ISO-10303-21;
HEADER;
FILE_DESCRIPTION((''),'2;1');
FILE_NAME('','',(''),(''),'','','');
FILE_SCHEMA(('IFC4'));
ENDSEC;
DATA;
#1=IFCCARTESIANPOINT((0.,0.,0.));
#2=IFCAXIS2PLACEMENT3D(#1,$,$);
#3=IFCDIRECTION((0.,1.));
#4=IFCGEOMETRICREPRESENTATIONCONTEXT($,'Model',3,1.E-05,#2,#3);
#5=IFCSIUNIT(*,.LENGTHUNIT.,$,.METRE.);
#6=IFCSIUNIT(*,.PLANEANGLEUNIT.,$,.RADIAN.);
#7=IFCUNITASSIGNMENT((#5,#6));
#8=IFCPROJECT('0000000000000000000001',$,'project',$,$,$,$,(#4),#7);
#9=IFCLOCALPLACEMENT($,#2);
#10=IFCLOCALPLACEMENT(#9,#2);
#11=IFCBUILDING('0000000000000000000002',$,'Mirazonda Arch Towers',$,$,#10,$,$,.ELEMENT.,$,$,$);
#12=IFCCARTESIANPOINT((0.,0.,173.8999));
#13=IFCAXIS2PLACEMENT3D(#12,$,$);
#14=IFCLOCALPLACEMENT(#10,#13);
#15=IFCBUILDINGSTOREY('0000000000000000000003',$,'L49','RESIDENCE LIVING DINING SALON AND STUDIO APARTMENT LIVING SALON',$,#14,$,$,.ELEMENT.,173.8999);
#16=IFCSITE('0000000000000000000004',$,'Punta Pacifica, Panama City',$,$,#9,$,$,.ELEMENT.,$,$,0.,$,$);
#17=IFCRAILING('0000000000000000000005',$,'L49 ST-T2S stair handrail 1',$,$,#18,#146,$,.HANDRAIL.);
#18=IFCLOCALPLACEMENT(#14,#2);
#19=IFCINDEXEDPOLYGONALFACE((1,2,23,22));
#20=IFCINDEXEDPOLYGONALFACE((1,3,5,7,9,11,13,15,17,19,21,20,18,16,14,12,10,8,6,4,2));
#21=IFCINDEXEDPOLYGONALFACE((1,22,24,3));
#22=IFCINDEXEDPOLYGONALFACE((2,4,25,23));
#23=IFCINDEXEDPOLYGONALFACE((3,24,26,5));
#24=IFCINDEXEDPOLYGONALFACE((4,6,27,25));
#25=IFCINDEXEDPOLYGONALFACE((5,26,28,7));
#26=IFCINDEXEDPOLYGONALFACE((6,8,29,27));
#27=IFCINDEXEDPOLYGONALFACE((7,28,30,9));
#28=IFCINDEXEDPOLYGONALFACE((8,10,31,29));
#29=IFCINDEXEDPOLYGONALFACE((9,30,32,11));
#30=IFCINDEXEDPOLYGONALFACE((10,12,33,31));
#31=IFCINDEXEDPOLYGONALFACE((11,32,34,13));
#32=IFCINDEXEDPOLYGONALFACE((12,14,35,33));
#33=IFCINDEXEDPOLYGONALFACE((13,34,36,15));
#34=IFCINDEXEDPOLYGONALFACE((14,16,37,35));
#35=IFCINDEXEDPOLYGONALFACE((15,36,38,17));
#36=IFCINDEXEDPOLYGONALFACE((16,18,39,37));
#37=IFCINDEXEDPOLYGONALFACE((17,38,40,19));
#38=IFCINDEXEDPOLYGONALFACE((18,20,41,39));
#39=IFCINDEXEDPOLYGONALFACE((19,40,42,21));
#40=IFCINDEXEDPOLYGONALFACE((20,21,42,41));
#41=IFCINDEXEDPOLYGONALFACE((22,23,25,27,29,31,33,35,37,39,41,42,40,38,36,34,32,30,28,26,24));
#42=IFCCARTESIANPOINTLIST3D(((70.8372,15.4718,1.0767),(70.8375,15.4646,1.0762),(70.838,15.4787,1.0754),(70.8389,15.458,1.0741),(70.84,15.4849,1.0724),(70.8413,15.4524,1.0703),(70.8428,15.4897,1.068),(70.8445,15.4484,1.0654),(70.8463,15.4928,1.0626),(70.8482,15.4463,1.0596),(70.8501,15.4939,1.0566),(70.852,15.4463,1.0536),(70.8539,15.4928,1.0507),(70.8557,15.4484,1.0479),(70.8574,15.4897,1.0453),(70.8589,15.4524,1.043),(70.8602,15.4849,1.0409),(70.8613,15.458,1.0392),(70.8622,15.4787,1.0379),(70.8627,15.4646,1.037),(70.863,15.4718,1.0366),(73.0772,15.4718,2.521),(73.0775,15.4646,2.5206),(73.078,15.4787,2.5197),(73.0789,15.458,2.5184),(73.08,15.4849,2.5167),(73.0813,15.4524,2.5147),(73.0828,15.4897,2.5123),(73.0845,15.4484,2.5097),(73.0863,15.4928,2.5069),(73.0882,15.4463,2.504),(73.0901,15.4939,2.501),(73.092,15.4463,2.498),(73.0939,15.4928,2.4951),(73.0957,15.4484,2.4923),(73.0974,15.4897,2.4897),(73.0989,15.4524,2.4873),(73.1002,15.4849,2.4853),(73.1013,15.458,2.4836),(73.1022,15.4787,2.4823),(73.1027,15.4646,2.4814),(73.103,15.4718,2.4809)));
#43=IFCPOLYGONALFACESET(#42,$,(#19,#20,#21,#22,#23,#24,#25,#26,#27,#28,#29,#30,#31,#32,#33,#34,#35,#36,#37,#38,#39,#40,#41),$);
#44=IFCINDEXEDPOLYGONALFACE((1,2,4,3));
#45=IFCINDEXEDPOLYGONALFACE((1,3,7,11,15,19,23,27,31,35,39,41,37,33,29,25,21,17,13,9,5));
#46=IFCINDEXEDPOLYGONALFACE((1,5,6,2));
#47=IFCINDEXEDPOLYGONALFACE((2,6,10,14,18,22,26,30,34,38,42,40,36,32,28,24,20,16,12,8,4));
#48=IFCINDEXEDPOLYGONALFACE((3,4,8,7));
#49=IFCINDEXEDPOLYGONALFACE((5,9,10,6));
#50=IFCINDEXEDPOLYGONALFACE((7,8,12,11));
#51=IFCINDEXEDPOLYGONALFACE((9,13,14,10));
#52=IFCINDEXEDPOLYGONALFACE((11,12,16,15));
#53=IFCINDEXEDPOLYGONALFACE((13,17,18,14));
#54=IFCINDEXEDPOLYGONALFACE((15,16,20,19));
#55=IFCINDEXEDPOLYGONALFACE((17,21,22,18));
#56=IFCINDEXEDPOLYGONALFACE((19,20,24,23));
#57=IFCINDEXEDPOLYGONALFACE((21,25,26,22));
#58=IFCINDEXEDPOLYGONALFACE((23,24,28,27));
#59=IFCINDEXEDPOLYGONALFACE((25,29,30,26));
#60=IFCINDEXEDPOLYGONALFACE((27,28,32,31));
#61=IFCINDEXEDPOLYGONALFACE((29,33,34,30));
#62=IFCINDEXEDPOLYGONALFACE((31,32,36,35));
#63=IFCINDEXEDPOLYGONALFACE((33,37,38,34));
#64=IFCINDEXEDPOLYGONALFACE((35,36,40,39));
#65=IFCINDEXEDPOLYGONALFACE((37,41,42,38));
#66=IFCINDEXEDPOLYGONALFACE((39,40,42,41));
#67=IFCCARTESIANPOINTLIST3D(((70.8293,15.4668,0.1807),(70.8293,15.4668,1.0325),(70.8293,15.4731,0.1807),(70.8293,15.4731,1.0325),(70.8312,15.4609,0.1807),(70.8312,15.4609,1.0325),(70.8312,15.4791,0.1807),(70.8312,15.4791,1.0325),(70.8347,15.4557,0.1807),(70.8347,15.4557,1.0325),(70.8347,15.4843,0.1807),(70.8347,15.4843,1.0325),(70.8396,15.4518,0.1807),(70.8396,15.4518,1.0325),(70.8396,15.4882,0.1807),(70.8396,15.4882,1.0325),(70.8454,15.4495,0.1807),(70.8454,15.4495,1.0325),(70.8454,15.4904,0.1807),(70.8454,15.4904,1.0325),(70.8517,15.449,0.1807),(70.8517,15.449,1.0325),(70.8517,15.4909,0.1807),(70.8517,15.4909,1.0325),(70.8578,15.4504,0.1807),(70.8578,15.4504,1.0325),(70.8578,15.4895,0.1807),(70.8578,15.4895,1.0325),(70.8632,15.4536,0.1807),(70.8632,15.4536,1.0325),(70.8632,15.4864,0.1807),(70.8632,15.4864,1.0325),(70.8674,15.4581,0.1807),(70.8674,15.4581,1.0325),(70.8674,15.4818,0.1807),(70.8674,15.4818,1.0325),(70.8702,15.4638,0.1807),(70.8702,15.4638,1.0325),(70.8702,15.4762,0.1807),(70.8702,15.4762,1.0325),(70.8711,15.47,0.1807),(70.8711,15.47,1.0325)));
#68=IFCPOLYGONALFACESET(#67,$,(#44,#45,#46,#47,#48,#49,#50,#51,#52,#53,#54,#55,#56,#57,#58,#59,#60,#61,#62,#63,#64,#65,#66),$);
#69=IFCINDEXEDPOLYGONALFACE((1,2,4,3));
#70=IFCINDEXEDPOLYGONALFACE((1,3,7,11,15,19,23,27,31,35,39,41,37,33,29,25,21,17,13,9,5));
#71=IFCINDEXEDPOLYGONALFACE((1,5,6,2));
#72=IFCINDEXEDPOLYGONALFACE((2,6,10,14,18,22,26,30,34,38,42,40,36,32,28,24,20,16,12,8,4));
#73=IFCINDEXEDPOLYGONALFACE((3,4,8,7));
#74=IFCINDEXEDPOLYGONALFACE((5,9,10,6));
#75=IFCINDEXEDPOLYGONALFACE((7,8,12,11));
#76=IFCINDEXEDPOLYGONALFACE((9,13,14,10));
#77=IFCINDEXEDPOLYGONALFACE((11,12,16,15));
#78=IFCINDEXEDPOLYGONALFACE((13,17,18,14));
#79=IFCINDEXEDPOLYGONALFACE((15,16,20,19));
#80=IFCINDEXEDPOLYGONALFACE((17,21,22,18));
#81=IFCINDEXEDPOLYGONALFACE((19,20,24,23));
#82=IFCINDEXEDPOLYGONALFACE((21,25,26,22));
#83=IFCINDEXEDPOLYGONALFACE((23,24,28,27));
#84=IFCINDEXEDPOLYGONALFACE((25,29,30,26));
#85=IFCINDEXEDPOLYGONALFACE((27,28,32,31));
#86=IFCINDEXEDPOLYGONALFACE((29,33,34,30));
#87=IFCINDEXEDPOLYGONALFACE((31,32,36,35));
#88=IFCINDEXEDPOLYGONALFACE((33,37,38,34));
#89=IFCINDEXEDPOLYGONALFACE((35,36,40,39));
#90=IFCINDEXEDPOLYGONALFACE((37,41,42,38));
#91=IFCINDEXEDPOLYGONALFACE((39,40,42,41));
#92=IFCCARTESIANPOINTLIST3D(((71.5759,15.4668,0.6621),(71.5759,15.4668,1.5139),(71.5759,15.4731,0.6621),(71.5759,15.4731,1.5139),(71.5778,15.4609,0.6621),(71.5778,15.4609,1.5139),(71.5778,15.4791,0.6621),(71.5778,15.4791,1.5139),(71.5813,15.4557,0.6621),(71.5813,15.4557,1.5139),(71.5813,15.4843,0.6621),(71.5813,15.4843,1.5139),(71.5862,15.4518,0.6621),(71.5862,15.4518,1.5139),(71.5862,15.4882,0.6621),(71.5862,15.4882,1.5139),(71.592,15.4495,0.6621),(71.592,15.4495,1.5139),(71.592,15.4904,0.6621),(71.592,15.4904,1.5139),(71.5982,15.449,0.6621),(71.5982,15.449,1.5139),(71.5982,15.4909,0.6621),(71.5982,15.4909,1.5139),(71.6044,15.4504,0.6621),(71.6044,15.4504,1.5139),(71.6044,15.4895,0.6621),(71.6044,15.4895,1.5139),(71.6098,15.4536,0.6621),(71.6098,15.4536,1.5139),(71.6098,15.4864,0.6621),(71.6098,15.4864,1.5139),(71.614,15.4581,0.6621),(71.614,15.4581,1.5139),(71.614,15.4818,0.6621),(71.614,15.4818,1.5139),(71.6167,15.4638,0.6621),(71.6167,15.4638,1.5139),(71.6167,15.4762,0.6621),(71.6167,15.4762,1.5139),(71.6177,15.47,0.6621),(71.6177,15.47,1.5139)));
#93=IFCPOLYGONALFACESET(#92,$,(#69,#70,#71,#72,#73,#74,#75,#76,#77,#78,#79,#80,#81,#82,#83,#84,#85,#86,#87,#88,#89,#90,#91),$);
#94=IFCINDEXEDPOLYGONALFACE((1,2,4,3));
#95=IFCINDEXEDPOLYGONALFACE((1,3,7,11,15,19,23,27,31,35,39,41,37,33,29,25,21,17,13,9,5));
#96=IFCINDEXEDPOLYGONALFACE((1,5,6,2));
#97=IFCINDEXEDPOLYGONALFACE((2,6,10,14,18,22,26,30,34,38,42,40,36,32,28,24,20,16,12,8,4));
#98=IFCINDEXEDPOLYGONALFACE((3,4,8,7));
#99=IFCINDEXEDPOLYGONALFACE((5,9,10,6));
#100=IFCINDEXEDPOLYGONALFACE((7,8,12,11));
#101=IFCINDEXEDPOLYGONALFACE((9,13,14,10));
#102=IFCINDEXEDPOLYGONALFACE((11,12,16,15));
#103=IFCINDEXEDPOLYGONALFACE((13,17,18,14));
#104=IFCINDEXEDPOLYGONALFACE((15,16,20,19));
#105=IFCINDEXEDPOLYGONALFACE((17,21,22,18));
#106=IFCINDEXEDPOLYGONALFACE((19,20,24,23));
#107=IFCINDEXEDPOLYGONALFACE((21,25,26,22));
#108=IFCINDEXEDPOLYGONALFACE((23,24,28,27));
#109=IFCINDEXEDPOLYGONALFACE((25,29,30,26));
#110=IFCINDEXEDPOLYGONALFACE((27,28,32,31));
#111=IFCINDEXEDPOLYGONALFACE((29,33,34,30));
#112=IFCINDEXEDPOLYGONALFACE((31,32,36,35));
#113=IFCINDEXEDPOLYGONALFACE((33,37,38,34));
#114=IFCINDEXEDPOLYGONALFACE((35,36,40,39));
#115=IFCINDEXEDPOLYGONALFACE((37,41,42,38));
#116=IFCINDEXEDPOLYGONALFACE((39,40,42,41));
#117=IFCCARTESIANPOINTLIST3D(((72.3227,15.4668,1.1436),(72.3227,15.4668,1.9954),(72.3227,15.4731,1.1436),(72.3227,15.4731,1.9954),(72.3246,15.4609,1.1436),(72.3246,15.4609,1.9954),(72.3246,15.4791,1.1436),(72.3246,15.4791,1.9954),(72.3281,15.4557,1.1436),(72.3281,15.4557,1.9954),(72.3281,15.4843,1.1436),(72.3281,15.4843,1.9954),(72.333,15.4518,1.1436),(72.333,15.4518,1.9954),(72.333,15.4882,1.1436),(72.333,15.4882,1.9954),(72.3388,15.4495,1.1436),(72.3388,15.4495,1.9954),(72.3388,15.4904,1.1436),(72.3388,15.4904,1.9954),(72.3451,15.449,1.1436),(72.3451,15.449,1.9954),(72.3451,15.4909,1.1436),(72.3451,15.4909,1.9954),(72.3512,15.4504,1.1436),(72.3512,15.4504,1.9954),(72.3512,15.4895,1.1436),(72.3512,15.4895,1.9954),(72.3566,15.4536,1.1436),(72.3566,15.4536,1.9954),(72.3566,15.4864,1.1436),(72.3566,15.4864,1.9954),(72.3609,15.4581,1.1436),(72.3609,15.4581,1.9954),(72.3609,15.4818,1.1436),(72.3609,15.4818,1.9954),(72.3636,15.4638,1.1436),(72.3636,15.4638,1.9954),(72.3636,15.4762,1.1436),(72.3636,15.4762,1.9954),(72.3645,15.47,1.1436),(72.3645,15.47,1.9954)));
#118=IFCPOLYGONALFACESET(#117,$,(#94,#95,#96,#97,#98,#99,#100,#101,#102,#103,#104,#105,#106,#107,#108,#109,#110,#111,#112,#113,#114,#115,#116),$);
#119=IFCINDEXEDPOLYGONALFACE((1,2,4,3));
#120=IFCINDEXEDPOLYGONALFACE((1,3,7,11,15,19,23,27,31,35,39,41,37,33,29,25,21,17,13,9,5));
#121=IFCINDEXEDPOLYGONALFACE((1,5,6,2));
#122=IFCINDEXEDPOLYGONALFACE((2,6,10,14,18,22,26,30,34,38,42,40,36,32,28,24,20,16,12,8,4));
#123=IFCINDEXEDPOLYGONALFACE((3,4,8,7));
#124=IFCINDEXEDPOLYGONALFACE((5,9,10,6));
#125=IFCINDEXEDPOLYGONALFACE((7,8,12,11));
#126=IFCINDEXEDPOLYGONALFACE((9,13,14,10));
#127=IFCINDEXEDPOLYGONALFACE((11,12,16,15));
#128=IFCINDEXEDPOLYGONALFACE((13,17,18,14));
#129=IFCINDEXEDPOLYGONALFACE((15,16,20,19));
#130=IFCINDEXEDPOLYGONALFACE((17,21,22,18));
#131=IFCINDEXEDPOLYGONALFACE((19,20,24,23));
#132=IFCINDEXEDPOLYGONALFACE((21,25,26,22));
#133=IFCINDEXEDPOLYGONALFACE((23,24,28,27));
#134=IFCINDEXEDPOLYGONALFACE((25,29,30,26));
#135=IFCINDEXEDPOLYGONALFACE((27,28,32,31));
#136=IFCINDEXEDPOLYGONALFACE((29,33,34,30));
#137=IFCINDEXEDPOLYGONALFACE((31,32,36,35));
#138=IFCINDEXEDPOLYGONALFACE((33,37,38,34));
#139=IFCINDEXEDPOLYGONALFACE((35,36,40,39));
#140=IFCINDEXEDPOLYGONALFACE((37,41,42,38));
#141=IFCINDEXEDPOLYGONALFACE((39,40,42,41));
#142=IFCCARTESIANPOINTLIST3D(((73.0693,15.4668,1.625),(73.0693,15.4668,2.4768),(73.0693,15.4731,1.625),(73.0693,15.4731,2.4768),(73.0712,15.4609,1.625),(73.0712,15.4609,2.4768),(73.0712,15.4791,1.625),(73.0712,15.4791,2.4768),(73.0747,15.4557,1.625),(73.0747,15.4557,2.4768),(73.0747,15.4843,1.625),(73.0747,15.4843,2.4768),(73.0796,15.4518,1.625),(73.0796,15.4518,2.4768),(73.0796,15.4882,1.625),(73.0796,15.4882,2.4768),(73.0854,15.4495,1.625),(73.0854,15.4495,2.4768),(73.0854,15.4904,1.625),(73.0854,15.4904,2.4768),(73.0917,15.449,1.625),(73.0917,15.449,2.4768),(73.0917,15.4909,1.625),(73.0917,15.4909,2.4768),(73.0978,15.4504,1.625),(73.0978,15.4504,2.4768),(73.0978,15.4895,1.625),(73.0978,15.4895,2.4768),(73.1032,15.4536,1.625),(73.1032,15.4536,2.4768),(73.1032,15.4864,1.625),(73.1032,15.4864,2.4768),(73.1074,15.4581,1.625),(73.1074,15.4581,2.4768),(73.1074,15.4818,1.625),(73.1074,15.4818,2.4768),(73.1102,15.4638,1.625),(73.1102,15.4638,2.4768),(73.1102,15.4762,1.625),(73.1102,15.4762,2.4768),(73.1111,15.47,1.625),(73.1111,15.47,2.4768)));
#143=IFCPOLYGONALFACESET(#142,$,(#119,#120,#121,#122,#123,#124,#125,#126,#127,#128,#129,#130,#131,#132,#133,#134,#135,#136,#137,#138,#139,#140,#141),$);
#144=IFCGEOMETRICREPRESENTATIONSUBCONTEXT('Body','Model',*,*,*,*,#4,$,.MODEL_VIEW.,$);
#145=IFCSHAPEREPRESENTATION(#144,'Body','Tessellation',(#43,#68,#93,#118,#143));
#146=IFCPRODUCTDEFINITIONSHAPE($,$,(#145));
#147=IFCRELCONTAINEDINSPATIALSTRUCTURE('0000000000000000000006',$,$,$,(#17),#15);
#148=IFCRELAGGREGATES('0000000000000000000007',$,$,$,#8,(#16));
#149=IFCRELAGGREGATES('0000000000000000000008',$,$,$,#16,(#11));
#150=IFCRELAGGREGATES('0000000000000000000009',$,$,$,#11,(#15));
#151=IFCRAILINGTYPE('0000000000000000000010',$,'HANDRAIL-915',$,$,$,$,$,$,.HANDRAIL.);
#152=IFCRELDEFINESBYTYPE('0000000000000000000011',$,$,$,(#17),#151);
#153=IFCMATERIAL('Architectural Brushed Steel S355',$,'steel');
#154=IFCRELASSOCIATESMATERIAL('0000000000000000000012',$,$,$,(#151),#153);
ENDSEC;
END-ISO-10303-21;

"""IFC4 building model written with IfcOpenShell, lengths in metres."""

from ifc_helpers import new_model, si_unit, direction, frame, origin, origin_2d, place, context, subcontext, project, spatial, circle, extrude, material, type_object, element, save


model = new_model("IFC4")

# Units and contexts
model_context = context("Model", 3, precision=1e-05, world=origin(), true_north=direction((0.0, 1.0)))
body_context = subcontext(model_context, "Body", "Model", "MODEL_VIEW")
ifc_project = project(units=[si_unit("LENGTHUNIT", "METRE"), si_unit("PLANEANGLEUNIT", "RADIAN")], contexts=[model_context])

# Site, building, storey
site_placement = place(None, origin())
site = spatial("IfcSite", under=ifc_project, at=site_placement, Name="Punta Pacifica, Panama City", CompositionType="ELEMENT", RefElevation=0.0)
building_placement = place(site_placement, origin())
building = spatial("IfcBuilding", under=site, at=building_placement, Name="Mirazonda Arch Towers", CompositionType="ELEMENT")
storey_placement = place(building_placement, frame((0.0, 0.0, 173.8999)))
storey = spatial("IfcBuildingStorey", under=building, at=storey_placement, Name="L49", Description="RESIDENCE LIVING DINING SALON AND STUDIO APARTMENT LIVING SALON", CompositionType="ELEMENT", Elevation=173.8999)

# Shared definitions
ifc_material_1 = material(Name="Architectural Brushed Steel S355", Category="steel")

# Railing
railing_type_1 = type_object("IfcRailingType", Name="HANDRAIL-915", PredefinedType="HANDRAIL", material=ifc_material_1)
railing_1_placement = place(storey_placement, frame((70.8501, 15.47, 0.1807)))
element("IfcRailing", 1, at=railing_1_placement, inside=storey, type_object=railing_type_1, Name="L49 ST-T2S stair handrail 1", PredefinedType="HANDRAIL", context=body_context, shape_type="SweptSolid", body=[
    extrude(circle(Radius=0.0239, at=origin_2d()), frame((0.0, 0.0, 0.876), z_axis=(0.840437, 0.0, 0.54191), x_axis=(0.0, 1.0, 0.0)), (0.0, 0.0, 1.0), 2.6653),
    extrude(circle(Radius=0.021, at=origin_2d()), origin(), (0.0, 0.0, 1.0), 0.8518),
    extrude(circle(Radius=0.021, at=origin_2d()), frame((0.7466, 0.0, 0.4814)), (0.0, 0.0, 1.0), 0.8518),
    extrude(circle(Radius=0.021, at=origin_2d()), frame((1.4934, 0.0, 0.9629)), (0.0, 0.0, 1.0), 0.8518),
    extrude(circle(Radius=0.021, at=origin_2d()), frame((2.24, 0.0, 1.4443)), (0.0, 0.0, 1.0), 0.8518),
])

save(model, "model.ifc")
